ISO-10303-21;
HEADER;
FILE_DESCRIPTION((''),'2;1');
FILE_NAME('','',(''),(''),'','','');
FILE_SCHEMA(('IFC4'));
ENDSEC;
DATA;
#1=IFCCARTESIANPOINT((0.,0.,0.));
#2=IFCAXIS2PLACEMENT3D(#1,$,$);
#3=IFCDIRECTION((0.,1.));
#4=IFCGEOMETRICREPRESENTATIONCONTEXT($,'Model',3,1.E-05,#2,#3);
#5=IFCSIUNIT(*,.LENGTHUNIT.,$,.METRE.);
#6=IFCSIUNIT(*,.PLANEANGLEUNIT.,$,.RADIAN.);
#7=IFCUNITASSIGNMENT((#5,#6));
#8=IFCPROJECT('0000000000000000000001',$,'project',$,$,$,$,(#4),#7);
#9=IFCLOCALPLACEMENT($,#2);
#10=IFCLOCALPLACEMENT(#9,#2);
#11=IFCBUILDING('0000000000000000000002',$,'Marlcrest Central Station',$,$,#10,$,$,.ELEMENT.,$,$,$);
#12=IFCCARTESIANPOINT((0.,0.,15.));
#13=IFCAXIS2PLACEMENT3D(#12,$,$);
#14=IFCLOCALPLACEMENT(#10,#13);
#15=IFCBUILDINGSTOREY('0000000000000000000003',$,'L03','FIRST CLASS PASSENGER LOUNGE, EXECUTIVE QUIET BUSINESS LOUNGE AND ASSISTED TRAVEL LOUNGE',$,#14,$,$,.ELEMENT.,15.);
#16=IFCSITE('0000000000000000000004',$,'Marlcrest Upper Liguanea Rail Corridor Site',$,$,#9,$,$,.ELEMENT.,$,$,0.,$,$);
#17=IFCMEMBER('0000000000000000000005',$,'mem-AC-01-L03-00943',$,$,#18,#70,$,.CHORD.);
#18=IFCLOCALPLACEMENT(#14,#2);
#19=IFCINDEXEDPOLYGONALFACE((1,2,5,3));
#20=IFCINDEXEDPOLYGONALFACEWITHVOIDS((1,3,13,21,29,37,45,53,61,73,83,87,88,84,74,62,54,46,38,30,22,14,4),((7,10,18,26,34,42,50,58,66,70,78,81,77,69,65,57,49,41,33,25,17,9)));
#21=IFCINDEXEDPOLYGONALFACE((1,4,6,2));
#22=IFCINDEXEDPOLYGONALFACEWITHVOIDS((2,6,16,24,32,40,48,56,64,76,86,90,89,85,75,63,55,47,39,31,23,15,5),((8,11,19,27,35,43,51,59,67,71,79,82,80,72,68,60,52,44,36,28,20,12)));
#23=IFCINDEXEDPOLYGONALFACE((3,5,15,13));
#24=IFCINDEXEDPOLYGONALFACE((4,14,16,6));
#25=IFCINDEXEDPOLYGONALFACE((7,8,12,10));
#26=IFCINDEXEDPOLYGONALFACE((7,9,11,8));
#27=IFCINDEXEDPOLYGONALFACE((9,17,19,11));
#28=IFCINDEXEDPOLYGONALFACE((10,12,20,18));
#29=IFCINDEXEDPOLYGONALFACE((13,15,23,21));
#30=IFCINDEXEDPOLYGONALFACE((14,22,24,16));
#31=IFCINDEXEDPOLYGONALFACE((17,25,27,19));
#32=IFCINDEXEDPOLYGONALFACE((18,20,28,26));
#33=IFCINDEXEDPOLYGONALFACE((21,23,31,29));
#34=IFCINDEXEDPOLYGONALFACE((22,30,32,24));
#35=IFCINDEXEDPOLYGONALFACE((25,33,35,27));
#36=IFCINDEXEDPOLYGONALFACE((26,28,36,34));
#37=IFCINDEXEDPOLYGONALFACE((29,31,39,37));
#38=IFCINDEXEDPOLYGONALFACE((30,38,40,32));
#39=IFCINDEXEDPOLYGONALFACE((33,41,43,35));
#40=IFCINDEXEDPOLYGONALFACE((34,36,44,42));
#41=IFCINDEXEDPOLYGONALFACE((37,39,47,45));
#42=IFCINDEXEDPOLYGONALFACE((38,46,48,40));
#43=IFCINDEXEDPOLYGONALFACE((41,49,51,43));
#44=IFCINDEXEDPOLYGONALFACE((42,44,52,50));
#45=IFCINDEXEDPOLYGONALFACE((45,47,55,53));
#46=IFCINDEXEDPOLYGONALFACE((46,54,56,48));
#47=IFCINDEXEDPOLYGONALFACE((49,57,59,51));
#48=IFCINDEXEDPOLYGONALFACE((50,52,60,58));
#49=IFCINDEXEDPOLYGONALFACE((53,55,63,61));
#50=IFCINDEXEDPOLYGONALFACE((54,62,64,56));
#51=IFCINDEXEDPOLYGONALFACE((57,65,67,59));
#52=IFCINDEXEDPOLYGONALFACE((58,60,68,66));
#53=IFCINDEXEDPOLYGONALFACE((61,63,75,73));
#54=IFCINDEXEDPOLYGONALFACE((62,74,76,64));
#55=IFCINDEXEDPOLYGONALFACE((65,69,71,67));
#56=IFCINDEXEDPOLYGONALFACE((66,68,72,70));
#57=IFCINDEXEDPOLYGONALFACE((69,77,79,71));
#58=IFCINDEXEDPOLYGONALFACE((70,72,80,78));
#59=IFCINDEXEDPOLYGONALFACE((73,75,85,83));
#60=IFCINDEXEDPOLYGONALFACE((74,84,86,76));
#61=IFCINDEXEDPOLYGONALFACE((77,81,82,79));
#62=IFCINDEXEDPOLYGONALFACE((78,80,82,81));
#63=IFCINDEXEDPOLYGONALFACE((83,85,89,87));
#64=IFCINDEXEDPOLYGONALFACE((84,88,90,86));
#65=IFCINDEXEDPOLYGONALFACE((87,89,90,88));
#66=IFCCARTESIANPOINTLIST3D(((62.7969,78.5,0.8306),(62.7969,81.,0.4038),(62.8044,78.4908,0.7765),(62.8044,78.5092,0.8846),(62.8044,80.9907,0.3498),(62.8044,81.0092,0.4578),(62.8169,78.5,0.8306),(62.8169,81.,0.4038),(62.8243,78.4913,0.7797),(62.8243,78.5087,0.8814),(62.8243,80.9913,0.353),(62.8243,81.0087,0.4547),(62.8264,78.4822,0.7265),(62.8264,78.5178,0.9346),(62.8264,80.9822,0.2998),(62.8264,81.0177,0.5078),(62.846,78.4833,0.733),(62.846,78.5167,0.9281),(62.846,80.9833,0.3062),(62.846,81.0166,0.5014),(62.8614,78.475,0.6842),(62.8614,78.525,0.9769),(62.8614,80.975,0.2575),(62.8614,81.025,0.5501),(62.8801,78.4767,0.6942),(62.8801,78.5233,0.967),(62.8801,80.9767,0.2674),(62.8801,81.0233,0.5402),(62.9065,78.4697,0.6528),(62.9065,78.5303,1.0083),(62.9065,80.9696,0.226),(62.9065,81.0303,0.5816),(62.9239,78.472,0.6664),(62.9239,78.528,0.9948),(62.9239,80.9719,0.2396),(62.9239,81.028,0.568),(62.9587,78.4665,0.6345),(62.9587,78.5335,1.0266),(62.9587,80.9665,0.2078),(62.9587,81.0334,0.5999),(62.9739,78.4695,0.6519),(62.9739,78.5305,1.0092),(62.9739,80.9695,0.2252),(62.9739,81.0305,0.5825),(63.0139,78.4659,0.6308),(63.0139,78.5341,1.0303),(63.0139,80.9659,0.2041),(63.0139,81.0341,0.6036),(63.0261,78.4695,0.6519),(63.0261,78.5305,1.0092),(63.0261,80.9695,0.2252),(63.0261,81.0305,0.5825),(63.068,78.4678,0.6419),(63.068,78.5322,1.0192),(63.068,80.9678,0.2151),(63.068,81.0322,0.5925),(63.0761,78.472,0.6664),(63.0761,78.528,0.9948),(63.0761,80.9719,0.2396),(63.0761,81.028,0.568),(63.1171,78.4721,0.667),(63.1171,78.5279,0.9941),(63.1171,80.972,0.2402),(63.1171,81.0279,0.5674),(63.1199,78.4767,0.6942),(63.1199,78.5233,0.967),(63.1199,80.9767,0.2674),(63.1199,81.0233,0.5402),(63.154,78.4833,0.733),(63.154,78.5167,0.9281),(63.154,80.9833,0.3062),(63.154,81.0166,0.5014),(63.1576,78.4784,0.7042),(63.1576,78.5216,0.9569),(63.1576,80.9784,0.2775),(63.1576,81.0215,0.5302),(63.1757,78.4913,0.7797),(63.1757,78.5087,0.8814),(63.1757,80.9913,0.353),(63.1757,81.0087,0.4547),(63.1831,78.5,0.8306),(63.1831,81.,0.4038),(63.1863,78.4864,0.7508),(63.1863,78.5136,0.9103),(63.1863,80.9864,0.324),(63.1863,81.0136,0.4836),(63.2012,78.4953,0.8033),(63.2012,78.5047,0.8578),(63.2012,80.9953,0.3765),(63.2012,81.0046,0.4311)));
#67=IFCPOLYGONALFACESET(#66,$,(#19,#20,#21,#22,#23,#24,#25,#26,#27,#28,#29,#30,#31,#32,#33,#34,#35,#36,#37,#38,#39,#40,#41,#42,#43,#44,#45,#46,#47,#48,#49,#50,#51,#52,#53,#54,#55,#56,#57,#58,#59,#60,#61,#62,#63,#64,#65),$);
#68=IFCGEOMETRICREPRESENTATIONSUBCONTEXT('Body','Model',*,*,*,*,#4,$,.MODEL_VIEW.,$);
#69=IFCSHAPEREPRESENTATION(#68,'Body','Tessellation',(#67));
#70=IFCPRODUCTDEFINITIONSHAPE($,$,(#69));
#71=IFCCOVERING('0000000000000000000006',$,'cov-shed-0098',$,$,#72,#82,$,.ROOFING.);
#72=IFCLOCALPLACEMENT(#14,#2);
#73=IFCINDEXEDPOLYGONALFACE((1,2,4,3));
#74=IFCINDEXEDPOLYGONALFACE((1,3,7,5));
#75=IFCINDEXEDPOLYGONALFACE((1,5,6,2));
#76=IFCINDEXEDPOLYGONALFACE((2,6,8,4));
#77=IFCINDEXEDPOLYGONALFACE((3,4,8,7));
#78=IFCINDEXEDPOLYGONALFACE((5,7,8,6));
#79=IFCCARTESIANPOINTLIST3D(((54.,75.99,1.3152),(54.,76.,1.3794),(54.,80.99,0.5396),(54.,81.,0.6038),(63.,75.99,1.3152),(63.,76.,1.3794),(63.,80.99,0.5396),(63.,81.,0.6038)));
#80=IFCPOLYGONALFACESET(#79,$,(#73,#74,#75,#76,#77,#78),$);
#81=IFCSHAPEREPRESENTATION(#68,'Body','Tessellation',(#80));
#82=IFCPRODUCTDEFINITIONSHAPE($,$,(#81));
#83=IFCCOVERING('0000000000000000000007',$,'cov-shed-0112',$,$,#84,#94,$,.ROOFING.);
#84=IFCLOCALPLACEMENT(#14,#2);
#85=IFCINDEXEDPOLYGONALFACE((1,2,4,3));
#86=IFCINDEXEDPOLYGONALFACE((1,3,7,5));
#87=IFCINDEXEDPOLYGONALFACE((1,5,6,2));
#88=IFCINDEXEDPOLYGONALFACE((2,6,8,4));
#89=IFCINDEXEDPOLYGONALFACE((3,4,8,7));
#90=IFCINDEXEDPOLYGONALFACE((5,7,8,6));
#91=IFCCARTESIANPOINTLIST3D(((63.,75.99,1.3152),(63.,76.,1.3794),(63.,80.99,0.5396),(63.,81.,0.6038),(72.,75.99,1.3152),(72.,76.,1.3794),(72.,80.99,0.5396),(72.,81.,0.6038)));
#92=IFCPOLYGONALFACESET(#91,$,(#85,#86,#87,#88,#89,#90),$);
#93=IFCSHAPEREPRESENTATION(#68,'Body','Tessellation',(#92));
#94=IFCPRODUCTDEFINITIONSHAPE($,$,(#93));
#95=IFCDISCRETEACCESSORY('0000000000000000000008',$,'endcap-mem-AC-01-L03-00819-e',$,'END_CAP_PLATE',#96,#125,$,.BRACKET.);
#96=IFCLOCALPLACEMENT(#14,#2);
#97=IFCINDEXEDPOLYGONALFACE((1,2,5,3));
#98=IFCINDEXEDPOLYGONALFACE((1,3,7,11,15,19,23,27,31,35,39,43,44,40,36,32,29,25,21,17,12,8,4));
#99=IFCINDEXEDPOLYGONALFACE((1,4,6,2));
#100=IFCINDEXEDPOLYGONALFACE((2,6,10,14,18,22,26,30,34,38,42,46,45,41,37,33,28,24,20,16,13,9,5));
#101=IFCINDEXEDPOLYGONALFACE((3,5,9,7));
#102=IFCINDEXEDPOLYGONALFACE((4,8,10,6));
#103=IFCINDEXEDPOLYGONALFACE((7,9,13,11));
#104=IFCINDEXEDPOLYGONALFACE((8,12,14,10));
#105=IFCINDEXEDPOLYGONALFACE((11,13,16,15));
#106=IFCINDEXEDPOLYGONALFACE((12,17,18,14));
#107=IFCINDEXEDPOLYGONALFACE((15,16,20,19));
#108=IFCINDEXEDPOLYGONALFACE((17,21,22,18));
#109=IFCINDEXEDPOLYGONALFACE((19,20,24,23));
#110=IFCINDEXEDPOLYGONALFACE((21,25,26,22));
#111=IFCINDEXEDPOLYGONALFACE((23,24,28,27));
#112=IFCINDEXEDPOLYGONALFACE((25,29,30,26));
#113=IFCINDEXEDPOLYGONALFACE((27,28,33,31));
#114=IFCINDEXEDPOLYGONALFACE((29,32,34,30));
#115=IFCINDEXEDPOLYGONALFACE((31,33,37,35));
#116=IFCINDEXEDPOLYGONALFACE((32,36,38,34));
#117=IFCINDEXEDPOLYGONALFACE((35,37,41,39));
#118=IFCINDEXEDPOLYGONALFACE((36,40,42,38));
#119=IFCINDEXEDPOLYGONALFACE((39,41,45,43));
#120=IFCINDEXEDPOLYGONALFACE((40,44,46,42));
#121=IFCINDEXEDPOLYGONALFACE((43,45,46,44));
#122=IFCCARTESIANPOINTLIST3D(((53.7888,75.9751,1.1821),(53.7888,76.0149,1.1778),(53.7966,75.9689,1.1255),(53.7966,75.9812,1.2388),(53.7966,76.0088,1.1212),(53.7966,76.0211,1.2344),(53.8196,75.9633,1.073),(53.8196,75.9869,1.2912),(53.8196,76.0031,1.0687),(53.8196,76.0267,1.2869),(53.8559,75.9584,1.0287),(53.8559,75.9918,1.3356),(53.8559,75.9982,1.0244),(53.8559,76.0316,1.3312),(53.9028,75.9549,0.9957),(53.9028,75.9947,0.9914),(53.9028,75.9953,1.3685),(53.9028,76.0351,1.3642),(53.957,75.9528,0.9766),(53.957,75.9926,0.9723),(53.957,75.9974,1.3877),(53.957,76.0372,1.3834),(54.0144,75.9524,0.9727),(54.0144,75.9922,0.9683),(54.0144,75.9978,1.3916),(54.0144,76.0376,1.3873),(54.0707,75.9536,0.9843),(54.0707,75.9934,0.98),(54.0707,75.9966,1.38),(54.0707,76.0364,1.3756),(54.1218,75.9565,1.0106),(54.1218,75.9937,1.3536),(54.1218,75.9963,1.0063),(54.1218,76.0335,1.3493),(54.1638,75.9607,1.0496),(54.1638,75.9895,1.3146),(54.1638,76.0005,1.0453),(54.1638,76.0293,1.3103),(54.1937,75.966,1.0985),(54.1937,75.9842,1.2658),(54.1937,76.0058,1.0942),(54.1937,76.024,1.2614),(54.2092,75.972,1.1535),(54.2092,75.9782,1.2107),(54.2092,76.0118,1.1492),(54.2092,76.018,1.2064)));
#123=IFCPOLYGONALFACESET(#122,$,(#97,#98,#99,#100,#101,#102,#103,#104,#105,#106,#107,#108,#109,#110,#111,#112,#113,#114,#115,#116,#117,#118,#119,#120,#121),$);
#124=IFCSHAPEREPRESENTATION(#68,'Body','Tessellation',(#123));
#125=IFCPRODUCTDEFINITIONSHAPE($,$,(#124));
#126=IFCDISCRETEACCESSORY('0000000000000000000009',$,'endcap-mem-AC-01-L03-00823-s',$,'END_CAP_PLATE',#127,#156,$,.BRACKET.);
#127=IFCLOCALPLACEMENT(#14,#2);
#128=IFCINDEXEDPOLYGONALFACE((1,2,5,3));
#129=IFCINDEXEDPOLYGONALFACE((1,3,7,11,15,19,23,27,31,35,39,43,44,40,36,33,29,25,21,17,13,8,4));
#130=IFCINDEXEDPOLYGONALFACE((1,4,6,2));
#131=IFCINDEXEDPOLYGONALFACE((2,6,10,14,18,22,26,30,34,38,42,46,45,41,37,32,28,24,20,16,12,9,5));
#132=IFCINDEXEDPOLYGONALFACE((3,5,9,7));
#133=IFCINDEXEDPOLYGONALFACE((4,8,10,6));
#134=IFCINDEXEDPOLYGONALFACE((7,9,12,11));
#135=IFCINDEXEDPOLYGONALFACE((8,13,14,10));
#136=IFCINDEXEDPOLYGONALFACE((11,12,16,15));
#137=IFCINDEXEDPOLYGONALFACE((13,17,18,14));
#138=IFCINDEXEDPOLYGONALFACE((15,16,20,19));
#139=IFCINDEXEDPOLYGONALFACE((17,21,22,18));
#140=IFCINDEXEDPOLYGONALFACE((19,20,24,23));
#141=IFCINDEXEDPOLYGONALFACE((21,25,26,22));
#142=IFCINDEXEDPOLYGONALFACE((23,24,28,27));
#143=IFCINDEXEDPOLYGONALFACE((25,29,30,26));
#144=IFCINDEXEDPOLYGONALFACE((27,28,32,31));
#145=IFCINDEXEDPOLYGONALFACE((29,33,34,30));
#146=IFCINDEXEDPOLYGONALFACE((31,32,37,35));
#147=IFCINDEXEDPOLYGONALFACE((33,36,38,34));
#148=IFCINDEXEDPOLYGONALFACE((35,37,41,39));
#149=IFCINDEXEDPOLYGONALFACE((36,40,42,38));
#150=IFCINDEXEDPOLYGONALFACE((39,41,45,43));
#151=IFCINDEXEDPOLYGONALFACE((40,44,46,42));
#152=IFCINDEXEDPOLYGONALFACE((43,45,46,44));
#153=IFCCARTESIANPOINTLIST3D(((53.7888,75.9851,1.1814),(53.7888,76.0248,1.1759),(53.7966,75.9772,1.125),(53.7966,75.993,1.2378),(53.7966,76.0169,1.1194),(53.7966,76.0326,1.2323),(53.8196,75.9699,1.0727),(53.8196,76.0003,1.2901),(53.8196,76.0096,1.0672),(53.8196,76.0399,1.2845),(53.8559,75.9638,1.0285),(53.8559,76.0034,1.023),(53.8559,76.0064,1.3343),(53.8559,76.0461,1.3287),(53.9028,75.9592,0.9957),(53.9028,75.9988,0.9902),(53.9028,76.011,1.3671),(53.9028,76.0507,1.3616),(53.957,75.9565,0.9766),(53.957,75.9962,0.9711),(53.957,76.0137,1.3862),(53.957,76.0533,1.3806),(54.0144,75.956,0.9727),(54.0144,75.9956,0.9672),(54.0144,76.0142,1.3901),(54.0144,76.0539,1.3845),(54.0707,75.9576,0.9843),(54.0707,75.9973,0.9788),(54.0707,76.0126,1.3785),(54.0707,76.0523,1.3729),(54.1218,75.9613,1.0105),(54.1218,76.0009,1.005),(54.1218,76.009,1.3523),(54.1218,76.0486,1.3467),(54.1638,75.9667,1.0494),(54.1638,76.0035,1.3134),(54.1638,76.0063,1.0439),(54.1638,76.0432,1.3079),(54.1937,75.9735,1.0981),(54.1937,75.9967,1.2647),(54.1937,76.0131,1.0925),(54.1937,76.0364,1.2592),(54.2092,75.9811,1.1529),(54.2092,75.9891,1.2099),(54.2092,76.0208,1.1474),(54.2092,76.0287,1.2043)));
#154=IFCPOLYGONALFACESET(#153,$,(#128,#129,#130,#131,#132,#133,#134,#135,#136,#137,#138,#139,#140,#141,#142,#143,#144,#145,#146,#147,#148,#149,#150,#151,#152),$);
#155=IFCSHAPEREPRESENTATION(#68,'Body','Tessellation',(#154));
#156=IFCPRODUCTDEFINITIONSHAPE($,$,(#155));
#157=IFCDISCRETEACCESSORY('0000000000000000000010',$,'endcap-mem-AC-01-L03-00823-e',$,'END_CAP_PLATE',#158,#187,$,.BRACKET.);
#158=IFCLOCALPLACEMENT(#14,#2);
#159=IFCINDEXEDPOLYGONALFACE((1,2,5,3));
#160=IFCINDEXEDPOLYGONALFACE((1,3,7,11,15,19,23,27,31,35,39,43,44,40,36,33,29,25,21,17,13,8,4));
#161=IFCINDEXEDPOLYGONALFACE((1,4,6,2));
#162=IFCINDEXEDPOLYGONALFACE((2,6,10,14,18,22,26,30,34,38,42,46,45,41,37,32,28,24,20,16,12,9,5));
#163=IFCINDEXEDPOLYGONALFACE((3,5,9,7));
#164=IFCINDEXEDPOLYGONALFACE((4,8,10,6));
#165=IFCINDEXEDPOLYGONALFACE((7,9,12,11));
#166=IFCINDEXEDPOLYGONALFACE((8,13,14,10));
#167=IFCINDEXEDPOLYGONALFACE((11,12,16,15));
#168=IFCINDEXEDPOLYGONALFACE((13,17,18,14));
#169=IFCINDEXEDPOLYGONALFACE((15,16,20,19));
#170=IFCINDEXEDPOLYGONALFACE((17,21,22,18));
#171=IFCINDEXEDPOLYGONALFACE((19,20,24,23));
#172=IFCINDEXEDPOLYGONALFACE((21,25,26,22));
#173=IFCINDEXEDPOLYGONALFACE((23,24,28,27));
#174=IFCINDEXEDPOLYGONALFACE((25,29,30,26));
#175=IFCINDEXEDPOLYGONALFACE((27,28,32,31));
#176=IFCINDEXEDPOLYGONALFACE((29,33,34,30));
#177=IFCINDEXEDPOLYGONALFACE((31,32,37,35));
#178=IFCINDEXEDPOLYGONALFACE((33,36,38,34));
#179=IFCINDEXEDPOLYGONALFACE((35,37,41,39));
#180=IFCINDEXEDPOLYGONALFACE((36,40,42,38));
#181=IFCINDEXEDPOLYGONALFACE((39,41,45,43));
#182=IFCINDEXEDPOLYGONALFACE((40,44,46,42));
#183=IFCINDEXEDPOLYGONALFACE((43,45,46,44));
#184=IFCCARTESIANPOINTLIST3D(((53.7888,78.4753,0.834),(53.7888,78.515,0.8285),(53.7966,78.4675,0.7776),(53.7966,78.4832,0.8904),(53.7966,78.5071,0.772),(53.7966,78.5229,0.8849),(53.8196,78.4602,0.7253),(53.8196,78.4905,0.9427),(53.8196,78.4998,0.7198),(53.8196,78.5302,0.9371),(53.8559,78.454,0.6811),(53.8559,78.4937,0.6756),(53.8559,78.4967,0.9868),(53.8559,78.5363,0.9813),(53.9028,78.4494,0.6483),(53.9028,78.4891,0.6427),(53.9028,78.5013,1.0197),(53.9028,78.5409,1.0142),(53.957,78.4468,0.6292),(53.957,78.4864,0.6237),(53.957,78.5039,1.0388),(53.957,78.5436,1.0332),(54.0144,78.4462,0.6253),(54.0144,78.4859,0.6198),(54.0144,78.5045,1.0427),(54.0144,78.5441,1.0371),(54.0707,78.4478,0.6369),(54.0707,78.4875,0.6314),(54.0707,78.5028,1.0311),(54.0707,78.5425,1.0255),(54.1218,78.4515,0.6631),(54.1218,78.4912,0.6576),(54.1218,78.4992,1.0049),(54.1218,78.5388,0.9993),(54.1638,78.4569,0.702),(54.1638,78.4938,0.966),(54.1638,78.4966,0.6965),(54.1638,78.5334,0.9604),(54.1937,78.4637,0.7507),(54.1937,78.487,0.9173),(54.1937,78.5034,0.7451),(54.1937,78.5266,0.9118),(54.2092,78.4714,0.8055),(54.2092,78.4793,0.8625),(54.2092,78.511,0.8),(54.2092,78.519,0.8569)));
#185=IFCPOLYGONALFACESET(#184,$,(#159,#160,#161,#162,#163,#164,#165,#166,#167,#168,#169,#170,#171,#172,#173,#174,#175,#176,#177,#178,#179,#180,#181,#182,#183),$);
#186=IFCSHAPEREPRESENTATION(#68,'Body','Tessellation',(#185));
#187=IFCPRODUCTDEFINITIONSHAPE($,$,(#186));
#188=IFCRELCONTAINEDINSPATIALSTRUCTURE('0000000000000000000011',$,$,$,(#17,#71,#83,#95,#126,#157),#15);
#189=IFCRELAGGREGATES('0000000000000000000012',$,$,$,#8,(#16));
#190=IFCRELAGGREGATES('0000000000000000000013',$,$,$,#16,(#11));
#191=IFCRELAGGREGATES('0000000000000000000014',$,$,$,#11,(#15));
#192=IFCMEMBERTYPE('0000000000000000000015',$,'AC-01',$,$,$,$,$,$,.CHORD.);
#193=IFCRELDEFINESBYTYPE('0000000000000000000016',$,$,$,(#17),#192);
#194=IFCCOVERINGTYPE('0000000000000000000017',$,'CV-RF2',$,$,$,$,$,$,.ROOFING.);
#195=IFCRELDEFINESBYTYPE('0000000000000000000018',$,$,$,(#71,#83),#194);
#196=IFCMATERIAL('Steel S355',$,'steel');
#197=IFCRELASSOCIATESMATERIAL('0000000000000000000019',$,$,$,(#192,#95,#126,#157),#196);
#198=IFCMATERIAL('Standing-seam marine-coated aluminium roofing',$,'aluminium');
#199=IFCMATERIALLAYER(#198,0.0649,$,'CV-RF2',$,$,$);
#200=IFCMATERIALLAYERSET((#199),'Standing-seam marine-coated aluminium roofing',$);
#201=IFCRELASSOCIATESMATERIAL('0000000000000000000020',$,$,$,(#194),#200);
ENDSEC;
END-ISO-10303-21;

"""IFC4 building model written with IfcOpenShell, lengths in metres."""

from ifc_helpers import new_model, si_unit, direction, frame, origin, origin_2d, place, context, subcontext, project, spatial, polyline, circle, hollow_circle, outline, extrude, material, layer, layer_set, material_profile, profile_set, type_object, element, save


model = new_model("IFC4")

# Units and contexts
model_context = context("Model", 3, precision=1e-05, world=origin(), true_north=direction((0.0, 1.0)))
body_context = subcontext(model_context, "Body", "Model", "MODEL_VIEW")
ifc_project = project(units=[si_unit("LENGTHUNIT", "METRE"), si_unit("PLANEANGLEUNIT", "RADIAN")], contexts=[model_context])

# Site, building, storey
site_placement = place(None, origin())
site = spatial("IfcSite", under=ifc_project, at=site_placement, Name="Marlcrest Upper Liguanea Rail Corridor Site", CompositionType="ELEMENT", RefElevation=0.0)
building_placement = place(site_placement, origin())
building = spatial("IfcBuilding", under=site, at=building_placement, Name="Marlcrest Central Station", CompositionType="ELEMENT")
storey_placement = place(building_placement, frame((0.0, 0.0, 15.0)))
storey = spatial("IfcBuildingStorey", under=building, at=storey_placement, Name="L03", Description="FIRST CLASS PASSENGER LOUNGE, EXECUTIVE QUIET BUSINESS LOUNGE AND ASSISTED TRAVEL LOUNGE", CompositionType="ELEMENT", Elevation=15.0)

# Member
ifc_material_1 = material(Name="Steel S355", Category="steel")
ifc_material_profile = material_profile(ifc_material_1, hollow_circle(Radius=0.2031, WallThickness=0.02, at=origin_2d()), Name="CHS 406.4x20")
ifc_profile_set = profile_set([ifc_material_profile], Name="Steel S355")
member_type = type_object("IfcMemberType", Name="AC-01", PredefinedType="CHORD", material=ifc_profile_set)
member_1_placement = place(storey_placement, frame((63.0, 78.5, 0.8306), z_axis=(0.0, 0.985741, -0.168269), x_axis=(-1.0, 0.0, 0.0)))
element("IfcMember", 1, at=member_1_placement, inside=storey, type_object=member_type, Name="mem-AC-01-L03-00943", PredefinedType="CHORD", context=body_context, shape_type="SweptSolid", body=[
    extrude(hollow_circle(Radius=0.2031, WallThickness=0.02, at=origin_2d()), origin(), (0.0, 0.0, 1.0), 2.5361),
])

# Coverings
ifc_material_2 = material(Name="Standing-seam marine-coated aluminium roofing", Category="aluminium")
ifc_layer = layer(ifc_material_2, 0.0649, Name="CV-RF2")
ifc_layer_set = layer_set([ifc_layer], Name="Standing-seam marine-coated aluminium roofing")
covering_type = type_object("IfcCoveringType", Name="CV-RF2", PredefinedType="ROOFING", material=ifc_layer_set)
for number, where, z_axis, x_axis, name in (
    (2, (54.0, 76.0, 1.3794), (0.0, 0.153293, 0.988181), (1.0, 0.0, 0.0), "cov-shed-0098"),
    (3, (63.0, 76.0, 1.3794), (0.0, 0.153293, 0.988181), (1.0, 0.0, 0.0), "cov-shed-0112"),
):
    element("IfcCovering", number, at=place(storey_placement, frame(where, z_axis=z_axis, x_axis=x_axis)), inside=storey, type_object=covering_type, Name=name, PredefinedType="ROOFING", context=body_context, shape_type="SweptSolid", body=[
        extrude(outline(polyline([(0.0, 0.0), (9.0, 0.0), (9.0, 5.0598), (0.0, 5.0598), (0.0, 0.0)])), origin(), (0.0, 0.0, -1.0), 0.0649),
    ])

# Discrete accessories
for number, where, z_axis, x_axis, name in (
    (4, (54.0, 75.9751, 1.1821), (0.0, 0.994155, -0.107959), (-1.0, 0.0, 0.0), "endcap-mem-AC-01-L03-00819-e"),
    (5, (54.0, 75.9851, 1.1814), (0.0, 0.990403, -0.138211), (-1.0, 0.0, 0.0), "endcap-mem-AC-01-L03-00823-s"),
    (6, (54.0, 78.4753, 0.834), (0.0, 0.990403, -0.138211), (-1.0, 0.0, 0.0), "endcap-mem-AC-01-L03-00823-e"),
):
    element("IfcDiscreteAccessory", number, at=place(storey_placement, frame(where, z_axis=z_axis, x_axis=x_axis)), inside=storey, material=ifc_material_1, Name=name, ObjectType="END_CAP_PLATE", PredefinedType="BRACKET", context=body_context, shape_type="SweptSolid", body=[
        extrude(circle(Radius=0.2112, at=origin_2d()), origin(), (0.0, 0.0, 1.0), 0.04),
    ])

save(model, "model.ifc")
